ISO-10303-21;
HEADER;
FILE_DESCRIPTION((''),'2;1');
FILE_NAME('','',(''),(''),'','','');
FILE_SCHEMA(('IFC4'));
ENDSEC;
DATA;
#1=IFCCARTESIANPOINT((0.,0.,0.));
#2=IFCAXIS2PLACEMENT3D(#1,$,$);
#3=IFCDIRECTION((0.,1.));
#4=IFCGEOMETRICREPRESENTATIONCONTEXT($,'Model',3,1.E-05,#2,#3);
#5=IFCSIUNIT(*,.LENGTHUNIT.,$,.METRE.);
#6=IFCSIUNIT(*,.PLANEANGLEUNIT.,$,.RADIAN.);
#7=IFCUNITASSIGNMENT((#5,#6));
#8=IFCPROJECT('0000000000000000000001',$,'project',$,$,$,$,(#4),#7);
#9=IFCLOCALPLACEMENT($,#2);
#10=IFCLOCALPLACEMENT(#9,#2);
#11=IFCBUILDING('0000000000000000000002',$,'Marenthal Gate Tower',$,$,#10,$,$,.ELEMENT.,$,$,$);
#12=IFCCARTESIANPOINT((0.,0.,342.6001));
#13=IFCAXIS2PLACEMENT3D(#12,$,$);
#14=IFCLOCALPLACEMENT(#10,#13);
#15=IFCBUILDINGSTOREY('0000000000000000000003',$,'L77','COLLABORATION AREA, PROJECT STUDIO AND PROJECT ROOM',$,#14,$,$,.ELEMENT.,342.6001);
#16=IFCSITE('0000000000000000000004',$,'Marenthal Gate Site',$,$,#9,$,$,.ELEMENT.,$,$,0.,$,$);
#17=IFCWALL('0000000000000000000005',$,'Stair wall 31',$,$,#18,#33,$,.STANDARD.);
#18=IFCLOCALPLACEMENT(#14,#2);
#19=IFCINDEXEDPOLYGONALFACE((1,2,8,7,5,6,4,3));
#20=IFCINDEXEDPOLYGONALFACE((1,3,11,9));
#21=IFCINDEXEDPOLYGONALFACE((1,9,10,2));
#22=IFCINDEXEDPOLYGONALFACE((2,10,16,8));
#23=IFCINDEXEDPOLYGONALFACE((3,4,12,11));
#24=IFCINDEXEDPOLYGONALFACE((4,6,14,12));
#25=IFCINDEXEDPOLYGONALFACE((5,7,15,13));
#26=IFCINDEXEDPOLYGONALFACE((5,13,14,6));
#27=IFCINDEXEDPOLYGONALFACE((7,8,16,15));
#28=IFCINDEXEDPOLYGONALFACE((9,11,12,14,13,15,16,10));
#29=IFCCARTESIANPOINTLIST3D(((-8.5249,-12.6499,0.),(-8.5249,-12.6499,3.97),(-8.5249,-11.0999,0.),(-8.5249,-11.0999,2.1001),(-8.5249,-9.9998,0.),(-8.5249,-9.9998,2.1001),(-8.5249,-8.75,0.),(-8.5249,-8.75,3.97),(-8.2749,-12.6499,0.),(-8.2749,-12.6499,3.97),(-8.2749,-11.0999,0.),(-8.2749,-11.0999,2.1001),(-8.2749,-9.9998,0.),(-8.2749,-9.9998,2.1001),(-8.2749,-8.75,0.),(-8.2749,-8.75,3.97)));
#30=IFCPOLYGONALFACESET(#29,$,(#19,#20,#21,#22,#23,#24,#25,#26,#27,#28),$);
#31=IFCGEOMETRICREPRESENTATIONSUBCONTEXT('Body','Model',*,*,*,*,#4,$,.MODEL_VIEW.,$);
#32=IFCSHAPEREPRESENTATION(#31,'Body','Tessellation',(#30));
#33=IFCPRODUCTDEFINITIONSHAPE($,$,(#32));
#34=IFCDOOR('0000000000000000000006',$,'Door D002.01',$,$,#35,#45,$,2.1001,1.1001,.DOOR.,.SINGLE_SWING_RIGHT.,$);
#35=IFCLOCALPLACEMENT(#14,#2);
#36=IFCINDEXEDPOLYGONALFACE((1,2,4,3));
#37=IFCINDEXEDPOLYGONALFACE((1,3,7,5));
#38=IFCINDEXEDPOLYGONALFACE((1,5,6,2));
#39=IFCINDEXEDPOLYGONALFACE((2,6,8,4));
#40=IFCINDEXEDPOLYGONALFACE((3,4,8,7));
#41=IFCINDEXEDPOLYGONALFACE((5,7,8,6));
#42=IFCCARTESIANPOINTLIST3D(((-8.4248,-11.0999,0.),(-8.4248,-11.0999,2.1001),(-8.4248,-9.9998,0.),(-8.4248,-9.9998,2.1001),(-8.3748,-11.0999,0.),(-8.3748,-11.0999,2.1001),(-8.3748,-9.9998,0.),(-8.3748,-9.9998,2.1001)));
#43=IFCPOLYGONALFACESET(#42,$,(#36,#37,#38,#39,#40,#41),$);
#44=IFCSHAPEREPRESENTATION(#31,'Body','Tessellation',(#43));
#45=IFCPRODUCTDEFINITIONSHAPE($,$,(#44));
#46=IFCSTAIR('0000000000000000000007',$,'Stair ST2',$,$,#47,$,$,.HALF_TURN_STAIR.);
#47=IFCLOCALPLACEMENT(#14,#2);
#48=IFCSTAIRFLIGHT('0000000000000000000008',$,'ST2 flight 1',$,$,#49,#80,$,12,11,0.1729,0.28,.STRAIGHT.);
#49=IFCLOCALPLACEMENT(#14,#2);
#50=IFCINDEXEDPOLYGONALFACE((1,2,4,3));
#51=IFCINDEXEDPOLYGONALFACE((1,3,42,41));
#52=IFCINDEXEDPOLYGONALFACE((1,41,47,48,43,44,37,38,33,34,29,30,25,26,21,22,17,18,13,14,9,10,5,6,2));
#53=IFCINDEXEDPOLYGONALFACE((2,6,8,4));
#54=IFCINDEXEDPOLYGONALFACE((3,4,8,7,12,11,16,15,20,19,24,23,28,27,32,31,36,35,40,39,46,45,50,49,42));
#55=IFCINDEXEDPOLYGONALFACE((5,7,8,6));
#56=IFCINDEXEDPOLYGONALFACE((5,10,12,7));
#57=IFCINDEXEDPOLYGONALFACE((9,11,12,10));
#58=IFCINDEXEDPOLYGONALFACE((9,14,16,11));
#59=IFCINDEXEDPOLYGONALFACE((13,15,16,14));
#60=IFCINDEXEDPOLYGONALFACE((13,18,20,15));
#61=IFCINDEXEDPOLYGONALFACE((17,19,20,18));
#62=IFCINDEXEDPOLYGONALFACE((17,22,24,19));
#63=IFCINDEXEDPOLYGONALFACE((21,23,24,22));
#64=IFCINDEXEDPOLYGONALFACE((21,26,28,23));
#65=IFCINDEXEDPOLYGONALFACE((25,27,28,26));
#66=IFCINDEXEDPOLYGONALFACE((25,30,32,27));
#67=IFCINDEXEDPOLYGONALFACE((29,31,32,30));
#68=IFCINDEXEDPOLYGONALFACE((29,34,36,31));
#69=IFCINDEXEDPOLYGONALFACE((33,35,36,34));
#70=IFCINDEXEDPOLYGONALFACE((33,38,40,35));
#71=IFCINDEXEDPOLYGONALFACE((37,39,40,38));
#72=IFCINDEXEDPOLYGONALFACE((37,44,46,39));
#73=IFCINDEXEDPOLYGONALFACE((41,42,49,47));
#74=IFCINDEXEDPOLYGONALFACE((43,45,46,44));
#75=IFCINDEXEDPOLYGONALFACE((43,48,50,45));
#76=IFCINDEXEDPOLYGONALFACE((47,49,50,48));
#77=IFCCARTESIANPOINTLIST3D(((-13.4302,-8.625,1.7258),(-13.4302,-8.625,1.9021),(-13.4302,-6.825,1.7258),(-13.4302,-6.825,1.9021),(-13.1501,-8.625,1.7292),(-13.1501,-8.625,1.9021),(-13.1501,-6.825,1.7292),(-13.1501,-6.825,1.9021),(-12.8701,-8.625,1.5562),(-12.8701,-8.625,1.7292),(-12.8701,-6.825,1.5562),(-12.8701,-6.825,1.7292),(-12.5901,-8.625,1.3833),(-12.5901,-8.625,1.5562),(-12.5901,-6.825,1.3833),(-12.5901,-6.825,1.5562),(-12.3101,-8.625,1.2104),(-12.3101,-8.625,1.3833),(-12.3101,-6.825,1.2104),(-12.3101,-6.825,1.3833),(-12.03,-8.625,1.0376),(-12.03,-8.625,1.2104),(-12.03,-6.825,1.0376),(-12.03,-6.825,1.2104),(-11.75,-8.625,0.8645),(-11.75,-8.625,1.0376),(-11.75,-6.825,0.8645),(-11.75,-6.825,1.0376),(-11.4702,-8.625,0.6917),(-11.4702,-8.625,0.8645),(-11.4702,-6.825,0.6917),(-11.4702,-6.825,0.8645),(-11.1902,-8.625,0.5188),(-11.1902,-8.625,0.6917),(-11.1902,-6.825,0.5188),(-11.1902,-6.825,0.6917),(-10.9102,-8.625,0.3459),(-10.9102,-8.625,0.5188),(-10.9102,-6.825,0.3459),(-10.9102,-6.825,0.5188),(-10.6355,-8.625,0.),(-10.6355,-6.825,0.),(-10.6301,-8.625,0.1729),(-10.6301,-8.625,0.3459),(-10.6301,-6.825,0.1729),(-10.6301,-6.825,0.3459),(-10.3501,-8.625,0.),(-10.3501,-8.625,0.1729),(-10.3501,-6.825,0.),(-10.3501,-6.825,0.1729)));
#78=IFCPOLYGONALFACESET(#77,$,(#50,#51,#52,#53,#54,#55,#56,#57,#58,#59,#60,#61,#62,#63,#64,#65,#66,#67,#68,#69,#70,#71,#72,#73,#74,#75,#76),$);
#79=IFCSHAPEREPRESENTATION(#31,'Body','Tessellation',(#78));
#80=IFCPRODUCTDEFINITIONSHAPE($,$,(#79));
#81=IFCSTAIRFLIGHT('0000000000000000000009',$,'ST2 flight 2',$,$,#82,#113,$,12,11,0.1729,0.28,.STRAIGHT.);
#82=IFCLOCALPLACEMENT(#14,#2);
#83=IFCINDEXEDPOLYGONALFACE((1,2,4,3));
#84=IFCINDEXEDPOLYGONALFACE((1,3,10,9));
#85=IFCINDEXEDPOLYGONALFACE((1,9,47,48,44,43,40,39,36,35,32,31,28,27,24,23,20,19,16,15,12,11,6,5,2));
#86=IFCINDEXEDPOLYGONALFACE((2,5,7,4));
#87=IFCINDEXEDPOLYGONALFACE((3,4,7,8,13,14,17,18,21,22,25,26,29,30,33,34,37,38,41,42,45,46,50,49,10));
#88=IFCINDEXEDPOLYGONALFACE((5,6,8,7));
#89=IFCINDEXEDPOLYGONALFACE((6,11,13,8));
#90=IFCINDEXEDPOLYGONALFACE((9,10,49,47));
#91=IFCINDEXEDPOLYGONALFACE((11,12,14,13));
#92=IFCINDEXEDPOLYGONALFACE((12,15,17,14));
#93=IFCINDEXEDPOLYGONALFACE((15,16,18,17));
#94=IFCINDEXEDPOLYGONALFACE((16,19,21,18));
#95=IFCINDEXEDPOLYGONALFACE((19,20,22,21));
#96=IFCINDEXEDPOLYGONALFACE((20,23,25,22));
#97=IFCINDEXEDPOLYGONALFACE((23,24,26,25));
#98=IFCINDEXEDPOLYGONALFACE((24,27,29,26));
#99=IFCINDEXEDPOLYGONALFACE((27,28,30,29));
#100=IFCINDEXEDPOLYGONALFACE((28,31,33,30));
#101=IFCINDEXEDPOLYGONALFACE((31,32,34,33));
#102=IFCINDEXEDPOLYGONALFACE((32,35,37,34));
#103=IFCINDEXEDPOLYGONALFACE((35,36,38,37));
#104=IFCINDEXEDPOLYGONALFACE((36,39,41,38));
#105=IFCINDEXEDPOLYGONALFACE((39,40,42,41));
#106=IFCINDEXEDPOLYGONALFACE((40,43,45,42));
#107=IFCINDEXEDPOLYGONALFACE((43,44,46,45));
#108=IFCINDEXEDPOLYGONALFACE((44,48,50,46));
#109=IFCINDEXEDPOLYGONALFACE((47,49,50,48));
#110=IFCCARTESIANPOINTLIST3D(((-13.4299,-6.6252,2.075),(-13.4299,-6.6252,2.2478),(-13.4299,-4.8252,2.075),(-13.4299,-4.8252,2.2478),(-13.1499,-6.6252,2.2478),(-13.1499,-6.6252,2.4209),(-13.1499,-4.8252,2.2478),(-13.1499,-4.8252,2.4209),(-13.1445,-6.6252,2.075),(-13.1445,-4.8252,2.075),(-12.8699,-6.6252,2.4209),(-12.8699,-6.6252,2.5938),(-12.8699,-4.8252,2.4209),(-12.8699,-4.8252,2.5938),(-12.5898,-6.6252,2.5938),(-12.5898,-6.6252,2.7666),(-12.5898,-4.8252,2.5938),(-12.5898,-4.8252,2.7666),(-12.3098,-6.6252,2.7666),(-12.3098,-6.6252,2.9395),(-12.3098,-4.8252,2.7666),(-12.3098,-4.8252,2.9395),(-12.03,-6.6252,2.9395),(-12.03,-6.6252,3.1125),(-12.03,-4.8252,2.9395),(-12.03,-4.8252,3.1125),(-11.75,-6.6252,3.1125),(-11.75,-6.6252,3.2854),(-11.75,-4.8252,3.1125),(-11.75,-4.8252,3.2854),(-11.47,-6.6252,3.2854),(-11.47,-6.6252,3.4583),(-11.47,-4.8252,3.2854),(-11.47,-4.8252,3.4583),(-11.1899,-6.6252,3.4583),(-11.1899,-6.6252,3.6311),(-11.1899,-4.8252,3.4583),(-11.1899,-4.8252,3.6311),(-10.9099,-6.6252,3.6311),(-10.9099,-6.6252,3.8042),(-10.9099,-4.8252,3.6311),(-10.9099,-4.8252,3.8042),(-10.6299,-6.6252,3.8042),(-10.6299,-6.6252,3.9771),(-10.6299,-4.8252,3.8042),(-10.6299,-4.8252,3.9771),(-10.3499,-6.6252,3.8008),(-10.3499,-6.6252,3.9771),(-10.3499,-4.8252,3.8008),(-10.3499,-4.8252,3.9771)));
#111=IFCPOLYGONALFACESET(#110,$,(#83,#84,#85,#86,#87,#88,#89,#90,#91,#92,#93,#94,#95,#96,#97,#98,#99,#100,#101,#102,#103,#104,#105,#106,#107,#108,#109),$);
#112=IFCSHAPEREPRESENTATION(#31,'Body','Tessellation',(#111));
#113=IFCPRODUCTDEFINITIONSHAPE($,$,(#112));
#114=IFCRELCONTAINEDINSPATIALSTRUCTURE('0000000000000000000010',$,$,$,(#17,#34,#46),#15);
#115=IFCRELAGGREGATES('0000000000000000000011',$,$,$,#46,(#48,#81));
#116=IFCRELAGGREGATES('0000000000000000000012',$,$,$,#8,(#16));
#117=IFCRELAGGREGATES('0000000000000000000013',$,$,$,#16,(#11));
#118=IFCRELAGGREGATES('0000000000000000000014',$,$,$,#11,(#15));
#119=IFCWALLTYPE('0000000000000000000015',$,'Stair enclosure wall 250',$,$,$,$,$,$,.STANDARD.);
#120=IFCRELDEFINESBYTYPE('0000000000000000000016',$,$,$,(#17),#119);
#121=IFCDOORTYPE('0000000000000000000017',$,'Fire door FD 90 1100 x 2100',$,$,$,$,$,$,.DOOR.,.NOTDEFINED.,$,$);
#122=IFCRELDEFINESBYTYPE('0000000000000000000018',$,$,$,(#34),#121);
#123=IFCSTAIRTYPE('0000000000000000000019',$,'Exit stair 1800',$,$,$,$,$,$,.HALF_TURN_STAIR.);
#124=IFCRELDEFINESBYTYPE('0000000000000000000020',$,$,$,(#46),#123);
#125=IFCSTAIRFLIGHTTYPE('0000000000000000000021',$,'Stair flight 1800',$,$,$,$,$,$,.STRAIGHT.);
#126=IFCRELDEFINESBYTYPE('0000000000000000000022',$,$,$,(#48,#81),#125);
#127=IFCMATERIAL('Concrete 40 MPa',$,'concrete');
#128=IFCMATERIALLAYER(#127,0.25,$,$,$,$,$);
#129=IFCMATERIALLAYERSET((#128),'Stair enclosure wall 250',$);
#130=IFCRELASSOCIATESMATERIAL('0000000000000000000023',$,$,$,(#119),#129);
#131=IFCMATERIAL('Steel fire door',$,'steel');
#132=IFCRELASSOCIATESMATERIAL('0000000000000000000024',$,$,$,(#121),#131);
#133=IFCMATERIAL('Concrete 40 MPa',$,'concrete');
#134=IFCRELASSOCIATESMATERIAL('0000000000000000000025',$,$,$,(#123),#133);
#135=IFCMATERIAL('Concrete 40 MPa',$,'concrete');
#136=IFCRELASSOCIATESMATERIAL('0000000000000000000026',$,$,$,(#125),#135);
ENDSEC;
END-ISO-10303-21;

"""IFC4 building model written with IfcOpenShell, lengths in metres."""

from ifc_helpers import new_model, si_unit, direction, frame, frame_2d, origin, place, context, subcontext, project, spatial, polyline, rectangle, outline, extrude, material, layer, layer_set, type_object, element, fill, aggregate, save


model = new_model("IFC4")

# Units and contexts
model_context = context("Model", 3, precision=1e-05, world=origin(), true_north=direction((0.0, 1.0)))
body_context = subcontext(model_context, "Body", "Model", "MODEL_VIEW")
ifc_project = project(units=[si_unit("LENGTHUNIT", "METRE"), si_unit("PLANEANGLEUNIT", "RADIAN")], contexts=[model_context])

# Site, building, storey
site_placement = place(None, origin())
site = spatial("IfcSite", under=ifc_project, at=site_placement, Name="Marenthal Gate Site", CompositionType="ELEMENT", RefElevation=0.0)
building_placement = place(site_placement, origin())
building = spatial("IfcBuilding", under=site, at=building_placement, Name="Marenthal Gate Tower", CompositionType="ELEMENT")
storey_placement = place(building_placement, frame((0.0, 0.0, 342.6001)))
storey = spatial("IfcBuildingStorey", under=building, at=storey_placement, Name="L77", Description="COLLABORATION AREA, PROJECT STUDIO AND PROJECT ROOM", CompositionType="ELEMENT", Elevation=342.6001)

# Shared definitions
ifc_material_1 = material(Name="Concrete 40 MPa", Category="concrete")
ifc_layer_1 = layer(ifc_material_1, 0.25)
ifc_layer_set_1 = layer_set([ifc_layer_1], Name="Stair enclosure wall 250")
wall_type_1 = type_object("IfcWallType", Name="Stair enclosure wall 250", PredefinedType="STANDARD", material=ifc_layer_set_1)

# Wall, opening, door
wall_1_placement = place(storey_placement, frame((-8.3999, -12.6499, 0.0), z_axis=(0.0, 0.0, 1.0), x_axis=(0.0, 1.0, 0.0)))
wall_1 = element("IfcWall", 1, at=wall_1_placement, inside=storey, type_object=wall_type_1, Name="Stair wall 31", PredefinedType="STANDARD", context=body_context, shape_type="SweptSolid", body=[
    extrude(rectangle(XDim=3.8999, YDim=0.25, at=frame_2d((1.95, 0.0))), origin(), (0.0, 0.0, 1.0), 3.97),
])
opening_1_placement = place(wall_1_placement, frame((1.55, 0.0, 0.0)))
opening_1 = element("IfcOpeningElement", 2, at=opening_1_placement, cuts=wall_1, PredefinedType="OPENING", context=body_context, shape_type="SweptSolid", body=[
    extrude(rectangle(XDim=1.1001, YDim=2.1001, at=frame_2d((0.55, 1.05))), frame((0.0, 0.135, 0.0), z_axis=(0.0, -1.0, 0.0), x_axis=(1.0, 0.0, 0.0)), (0.0, 0.0, 1.0), 0.27),
])
ifc_material_2 = material(Name="Steel fire door", Category="steel")
door_type_1 = type_object("IfcDoorType", Name="Fire door FD 90 1100 x 2100", OperationType="NOTDEFINED", PredefinedType="DOOR", material=ifc_material_2)
door_1_placement = place(opening_1_placement, origin())
door_1 = element("IfcDoor", 3, at=door_1_placement, inside=storey, type_object=door_type_1, Name="Door D002.01", OperationType="SINGLE_SWING_RIGHT", OverallHeight=2.1001, OverallWidth=1.1001, PredefinedType="DOOR", context=body_context, shape_type="SweptSolid", body=[
    extrude(rectangle(XDim=1.1001, YDim=2.1001, at=frame_2d((0.55, 1.05))), frame((0.0, 0.0249, 0.0), z_axis=(0.0, -1.0, 0.0), x_axis=(1.0, 0.0, 0.0)), (0.0, 0.0, 1.0), 0.05),
])
fill(opening_1, door_1)

# Stair, stair flights
ifc_material_3 = material(Name="Concrete 40 MPa", Category="concrete")
stair_type = type_object("IfcStairType", Name="Exit stair 1800", PredefinedType="HALF_TURN_STAIR", material=ifc_material_3)
stair_placement = place(storey_placement, origin())
stair = element("IfcStair", 4, at=stair_placement, inside=storey, type_object=stair_type, Name="Stair ST2", PredefinedType="HALF_TURN_STAIR")
ifc_material_4 = material(Name="Concrete 40 MPa", Category="concrete")
stair_flight_type = type_object("IfcStairFlightType", Name="Stair flight 1800", PredefinedType="STRAIGHT", material=ifc_material_4)
stair_flight_1_placement = place(storey_placement, frame((-10.3501, -7.7251, 0.0), z_axis=(0.0, 0.0, 1.0), x_axis=(-1.0, 0.0, 0.0)))
stair_flight_1 = element("IfcStairFlight", 5, at=stair_flight_1_placement, type_object=stair_flight_type, Name="ST2 flight 1", NumberOfRisers=12, NumberOfTreads=11, PredefinedType="STRAIGHT", RiserHeight=0.1729, TreadLength=0.28, context=body_context, shape_type="SweptSolid", body=[
    extrude(outline(polyline([(0.0, 0.0), (0.0, 0.1729), (0.28, 0.1729), (0.28, 0.3459), (0.5601, 0.3459), (0.5601, 0.5188), (0.8401, 0.5188), (0.8401, 0.6917), (1.1201, 0.6917), (1.1201, 0.8645), (1.3999, 0.8645), (1.3999, 1.0376), (1.6799, 1.0376), (1.6799, 1.2104), (1.96, 1.2104), (1.96, 1.3833), (2.24, 1.3833), (2.24, 1.5562), (2.52, 1.5562), (2.52, 1.7292), (2.8, 1.7292), (2.8, 1.9021), (3.0801, 1.9021), (3.0801, 2.075), (3.0801, 1.7258), (0.2854, 0.0), (0.0, 0.0)])), frame((0.0, 0.8999, 0.0), z_axis=(0.0, -1.0, 0.0), x_axis=(1.0, 0.0, 0.0)), (0.0, 0.0, 1.0), 1.8),
])
stair_flight_2_placement = place(storey_placement, frame((-13.4299, -5.7251, 2.075), z_axis=(0.0, 0.0, 1.0), x_axis=(1.0, 0.0, 0.0)))
stair_flight_2 = element("IfcStairFlight", 6, at=stair_flight_2_placement, type_object=stair_flight_type, Name="ST2 flight 2", NumberOfRisers=12, NumberOfTreads=11, PredefinedType="STRAIGHT", RiserHeight=0.1729, TreadLength=0.28, context=body_context, shape_type="SweptSolid", body=[
    extrude(outline(polyline([(0.0, 0.0), (0.0, 0.1729), (0.28, 0.1729), (0.28, 0.3459), (0.5601, 0.3459), (0.5601, 0.5188), (0.8401, 0.5188), (0.8401, 0.6917), (1.1201, 0.6917), (1.1201, 0.8645), (1.3999, 0.8645), (1.3999, 1.0376), (1.6799, 1.0376), (1.6799, 1.2104), (1.96, 1.2104), (1.96, 1.3833), (2.24, 1.3833), (2.24, 1.5562), (2.52, 1.5562), (2.52, 1.7292), (2.8, 1.7292), (2.8, 1.9021), (3.0801, 1.9021), (3.0801, 2.075), (3.0801, 1.7258), (0.2854, 0.0), (0.0, 0.0)])), frame((0.0, 0.8999, 0.0), z_axis=(0.0, -1.0, 0.0), x_axis=(1.0, 0.0, 0.0)), (0.0, 0.0, 1.0), 1.8),
])
aggregate(stair, [stair_flight_1, stair_flight_2])

save(model, "model.ifc")
